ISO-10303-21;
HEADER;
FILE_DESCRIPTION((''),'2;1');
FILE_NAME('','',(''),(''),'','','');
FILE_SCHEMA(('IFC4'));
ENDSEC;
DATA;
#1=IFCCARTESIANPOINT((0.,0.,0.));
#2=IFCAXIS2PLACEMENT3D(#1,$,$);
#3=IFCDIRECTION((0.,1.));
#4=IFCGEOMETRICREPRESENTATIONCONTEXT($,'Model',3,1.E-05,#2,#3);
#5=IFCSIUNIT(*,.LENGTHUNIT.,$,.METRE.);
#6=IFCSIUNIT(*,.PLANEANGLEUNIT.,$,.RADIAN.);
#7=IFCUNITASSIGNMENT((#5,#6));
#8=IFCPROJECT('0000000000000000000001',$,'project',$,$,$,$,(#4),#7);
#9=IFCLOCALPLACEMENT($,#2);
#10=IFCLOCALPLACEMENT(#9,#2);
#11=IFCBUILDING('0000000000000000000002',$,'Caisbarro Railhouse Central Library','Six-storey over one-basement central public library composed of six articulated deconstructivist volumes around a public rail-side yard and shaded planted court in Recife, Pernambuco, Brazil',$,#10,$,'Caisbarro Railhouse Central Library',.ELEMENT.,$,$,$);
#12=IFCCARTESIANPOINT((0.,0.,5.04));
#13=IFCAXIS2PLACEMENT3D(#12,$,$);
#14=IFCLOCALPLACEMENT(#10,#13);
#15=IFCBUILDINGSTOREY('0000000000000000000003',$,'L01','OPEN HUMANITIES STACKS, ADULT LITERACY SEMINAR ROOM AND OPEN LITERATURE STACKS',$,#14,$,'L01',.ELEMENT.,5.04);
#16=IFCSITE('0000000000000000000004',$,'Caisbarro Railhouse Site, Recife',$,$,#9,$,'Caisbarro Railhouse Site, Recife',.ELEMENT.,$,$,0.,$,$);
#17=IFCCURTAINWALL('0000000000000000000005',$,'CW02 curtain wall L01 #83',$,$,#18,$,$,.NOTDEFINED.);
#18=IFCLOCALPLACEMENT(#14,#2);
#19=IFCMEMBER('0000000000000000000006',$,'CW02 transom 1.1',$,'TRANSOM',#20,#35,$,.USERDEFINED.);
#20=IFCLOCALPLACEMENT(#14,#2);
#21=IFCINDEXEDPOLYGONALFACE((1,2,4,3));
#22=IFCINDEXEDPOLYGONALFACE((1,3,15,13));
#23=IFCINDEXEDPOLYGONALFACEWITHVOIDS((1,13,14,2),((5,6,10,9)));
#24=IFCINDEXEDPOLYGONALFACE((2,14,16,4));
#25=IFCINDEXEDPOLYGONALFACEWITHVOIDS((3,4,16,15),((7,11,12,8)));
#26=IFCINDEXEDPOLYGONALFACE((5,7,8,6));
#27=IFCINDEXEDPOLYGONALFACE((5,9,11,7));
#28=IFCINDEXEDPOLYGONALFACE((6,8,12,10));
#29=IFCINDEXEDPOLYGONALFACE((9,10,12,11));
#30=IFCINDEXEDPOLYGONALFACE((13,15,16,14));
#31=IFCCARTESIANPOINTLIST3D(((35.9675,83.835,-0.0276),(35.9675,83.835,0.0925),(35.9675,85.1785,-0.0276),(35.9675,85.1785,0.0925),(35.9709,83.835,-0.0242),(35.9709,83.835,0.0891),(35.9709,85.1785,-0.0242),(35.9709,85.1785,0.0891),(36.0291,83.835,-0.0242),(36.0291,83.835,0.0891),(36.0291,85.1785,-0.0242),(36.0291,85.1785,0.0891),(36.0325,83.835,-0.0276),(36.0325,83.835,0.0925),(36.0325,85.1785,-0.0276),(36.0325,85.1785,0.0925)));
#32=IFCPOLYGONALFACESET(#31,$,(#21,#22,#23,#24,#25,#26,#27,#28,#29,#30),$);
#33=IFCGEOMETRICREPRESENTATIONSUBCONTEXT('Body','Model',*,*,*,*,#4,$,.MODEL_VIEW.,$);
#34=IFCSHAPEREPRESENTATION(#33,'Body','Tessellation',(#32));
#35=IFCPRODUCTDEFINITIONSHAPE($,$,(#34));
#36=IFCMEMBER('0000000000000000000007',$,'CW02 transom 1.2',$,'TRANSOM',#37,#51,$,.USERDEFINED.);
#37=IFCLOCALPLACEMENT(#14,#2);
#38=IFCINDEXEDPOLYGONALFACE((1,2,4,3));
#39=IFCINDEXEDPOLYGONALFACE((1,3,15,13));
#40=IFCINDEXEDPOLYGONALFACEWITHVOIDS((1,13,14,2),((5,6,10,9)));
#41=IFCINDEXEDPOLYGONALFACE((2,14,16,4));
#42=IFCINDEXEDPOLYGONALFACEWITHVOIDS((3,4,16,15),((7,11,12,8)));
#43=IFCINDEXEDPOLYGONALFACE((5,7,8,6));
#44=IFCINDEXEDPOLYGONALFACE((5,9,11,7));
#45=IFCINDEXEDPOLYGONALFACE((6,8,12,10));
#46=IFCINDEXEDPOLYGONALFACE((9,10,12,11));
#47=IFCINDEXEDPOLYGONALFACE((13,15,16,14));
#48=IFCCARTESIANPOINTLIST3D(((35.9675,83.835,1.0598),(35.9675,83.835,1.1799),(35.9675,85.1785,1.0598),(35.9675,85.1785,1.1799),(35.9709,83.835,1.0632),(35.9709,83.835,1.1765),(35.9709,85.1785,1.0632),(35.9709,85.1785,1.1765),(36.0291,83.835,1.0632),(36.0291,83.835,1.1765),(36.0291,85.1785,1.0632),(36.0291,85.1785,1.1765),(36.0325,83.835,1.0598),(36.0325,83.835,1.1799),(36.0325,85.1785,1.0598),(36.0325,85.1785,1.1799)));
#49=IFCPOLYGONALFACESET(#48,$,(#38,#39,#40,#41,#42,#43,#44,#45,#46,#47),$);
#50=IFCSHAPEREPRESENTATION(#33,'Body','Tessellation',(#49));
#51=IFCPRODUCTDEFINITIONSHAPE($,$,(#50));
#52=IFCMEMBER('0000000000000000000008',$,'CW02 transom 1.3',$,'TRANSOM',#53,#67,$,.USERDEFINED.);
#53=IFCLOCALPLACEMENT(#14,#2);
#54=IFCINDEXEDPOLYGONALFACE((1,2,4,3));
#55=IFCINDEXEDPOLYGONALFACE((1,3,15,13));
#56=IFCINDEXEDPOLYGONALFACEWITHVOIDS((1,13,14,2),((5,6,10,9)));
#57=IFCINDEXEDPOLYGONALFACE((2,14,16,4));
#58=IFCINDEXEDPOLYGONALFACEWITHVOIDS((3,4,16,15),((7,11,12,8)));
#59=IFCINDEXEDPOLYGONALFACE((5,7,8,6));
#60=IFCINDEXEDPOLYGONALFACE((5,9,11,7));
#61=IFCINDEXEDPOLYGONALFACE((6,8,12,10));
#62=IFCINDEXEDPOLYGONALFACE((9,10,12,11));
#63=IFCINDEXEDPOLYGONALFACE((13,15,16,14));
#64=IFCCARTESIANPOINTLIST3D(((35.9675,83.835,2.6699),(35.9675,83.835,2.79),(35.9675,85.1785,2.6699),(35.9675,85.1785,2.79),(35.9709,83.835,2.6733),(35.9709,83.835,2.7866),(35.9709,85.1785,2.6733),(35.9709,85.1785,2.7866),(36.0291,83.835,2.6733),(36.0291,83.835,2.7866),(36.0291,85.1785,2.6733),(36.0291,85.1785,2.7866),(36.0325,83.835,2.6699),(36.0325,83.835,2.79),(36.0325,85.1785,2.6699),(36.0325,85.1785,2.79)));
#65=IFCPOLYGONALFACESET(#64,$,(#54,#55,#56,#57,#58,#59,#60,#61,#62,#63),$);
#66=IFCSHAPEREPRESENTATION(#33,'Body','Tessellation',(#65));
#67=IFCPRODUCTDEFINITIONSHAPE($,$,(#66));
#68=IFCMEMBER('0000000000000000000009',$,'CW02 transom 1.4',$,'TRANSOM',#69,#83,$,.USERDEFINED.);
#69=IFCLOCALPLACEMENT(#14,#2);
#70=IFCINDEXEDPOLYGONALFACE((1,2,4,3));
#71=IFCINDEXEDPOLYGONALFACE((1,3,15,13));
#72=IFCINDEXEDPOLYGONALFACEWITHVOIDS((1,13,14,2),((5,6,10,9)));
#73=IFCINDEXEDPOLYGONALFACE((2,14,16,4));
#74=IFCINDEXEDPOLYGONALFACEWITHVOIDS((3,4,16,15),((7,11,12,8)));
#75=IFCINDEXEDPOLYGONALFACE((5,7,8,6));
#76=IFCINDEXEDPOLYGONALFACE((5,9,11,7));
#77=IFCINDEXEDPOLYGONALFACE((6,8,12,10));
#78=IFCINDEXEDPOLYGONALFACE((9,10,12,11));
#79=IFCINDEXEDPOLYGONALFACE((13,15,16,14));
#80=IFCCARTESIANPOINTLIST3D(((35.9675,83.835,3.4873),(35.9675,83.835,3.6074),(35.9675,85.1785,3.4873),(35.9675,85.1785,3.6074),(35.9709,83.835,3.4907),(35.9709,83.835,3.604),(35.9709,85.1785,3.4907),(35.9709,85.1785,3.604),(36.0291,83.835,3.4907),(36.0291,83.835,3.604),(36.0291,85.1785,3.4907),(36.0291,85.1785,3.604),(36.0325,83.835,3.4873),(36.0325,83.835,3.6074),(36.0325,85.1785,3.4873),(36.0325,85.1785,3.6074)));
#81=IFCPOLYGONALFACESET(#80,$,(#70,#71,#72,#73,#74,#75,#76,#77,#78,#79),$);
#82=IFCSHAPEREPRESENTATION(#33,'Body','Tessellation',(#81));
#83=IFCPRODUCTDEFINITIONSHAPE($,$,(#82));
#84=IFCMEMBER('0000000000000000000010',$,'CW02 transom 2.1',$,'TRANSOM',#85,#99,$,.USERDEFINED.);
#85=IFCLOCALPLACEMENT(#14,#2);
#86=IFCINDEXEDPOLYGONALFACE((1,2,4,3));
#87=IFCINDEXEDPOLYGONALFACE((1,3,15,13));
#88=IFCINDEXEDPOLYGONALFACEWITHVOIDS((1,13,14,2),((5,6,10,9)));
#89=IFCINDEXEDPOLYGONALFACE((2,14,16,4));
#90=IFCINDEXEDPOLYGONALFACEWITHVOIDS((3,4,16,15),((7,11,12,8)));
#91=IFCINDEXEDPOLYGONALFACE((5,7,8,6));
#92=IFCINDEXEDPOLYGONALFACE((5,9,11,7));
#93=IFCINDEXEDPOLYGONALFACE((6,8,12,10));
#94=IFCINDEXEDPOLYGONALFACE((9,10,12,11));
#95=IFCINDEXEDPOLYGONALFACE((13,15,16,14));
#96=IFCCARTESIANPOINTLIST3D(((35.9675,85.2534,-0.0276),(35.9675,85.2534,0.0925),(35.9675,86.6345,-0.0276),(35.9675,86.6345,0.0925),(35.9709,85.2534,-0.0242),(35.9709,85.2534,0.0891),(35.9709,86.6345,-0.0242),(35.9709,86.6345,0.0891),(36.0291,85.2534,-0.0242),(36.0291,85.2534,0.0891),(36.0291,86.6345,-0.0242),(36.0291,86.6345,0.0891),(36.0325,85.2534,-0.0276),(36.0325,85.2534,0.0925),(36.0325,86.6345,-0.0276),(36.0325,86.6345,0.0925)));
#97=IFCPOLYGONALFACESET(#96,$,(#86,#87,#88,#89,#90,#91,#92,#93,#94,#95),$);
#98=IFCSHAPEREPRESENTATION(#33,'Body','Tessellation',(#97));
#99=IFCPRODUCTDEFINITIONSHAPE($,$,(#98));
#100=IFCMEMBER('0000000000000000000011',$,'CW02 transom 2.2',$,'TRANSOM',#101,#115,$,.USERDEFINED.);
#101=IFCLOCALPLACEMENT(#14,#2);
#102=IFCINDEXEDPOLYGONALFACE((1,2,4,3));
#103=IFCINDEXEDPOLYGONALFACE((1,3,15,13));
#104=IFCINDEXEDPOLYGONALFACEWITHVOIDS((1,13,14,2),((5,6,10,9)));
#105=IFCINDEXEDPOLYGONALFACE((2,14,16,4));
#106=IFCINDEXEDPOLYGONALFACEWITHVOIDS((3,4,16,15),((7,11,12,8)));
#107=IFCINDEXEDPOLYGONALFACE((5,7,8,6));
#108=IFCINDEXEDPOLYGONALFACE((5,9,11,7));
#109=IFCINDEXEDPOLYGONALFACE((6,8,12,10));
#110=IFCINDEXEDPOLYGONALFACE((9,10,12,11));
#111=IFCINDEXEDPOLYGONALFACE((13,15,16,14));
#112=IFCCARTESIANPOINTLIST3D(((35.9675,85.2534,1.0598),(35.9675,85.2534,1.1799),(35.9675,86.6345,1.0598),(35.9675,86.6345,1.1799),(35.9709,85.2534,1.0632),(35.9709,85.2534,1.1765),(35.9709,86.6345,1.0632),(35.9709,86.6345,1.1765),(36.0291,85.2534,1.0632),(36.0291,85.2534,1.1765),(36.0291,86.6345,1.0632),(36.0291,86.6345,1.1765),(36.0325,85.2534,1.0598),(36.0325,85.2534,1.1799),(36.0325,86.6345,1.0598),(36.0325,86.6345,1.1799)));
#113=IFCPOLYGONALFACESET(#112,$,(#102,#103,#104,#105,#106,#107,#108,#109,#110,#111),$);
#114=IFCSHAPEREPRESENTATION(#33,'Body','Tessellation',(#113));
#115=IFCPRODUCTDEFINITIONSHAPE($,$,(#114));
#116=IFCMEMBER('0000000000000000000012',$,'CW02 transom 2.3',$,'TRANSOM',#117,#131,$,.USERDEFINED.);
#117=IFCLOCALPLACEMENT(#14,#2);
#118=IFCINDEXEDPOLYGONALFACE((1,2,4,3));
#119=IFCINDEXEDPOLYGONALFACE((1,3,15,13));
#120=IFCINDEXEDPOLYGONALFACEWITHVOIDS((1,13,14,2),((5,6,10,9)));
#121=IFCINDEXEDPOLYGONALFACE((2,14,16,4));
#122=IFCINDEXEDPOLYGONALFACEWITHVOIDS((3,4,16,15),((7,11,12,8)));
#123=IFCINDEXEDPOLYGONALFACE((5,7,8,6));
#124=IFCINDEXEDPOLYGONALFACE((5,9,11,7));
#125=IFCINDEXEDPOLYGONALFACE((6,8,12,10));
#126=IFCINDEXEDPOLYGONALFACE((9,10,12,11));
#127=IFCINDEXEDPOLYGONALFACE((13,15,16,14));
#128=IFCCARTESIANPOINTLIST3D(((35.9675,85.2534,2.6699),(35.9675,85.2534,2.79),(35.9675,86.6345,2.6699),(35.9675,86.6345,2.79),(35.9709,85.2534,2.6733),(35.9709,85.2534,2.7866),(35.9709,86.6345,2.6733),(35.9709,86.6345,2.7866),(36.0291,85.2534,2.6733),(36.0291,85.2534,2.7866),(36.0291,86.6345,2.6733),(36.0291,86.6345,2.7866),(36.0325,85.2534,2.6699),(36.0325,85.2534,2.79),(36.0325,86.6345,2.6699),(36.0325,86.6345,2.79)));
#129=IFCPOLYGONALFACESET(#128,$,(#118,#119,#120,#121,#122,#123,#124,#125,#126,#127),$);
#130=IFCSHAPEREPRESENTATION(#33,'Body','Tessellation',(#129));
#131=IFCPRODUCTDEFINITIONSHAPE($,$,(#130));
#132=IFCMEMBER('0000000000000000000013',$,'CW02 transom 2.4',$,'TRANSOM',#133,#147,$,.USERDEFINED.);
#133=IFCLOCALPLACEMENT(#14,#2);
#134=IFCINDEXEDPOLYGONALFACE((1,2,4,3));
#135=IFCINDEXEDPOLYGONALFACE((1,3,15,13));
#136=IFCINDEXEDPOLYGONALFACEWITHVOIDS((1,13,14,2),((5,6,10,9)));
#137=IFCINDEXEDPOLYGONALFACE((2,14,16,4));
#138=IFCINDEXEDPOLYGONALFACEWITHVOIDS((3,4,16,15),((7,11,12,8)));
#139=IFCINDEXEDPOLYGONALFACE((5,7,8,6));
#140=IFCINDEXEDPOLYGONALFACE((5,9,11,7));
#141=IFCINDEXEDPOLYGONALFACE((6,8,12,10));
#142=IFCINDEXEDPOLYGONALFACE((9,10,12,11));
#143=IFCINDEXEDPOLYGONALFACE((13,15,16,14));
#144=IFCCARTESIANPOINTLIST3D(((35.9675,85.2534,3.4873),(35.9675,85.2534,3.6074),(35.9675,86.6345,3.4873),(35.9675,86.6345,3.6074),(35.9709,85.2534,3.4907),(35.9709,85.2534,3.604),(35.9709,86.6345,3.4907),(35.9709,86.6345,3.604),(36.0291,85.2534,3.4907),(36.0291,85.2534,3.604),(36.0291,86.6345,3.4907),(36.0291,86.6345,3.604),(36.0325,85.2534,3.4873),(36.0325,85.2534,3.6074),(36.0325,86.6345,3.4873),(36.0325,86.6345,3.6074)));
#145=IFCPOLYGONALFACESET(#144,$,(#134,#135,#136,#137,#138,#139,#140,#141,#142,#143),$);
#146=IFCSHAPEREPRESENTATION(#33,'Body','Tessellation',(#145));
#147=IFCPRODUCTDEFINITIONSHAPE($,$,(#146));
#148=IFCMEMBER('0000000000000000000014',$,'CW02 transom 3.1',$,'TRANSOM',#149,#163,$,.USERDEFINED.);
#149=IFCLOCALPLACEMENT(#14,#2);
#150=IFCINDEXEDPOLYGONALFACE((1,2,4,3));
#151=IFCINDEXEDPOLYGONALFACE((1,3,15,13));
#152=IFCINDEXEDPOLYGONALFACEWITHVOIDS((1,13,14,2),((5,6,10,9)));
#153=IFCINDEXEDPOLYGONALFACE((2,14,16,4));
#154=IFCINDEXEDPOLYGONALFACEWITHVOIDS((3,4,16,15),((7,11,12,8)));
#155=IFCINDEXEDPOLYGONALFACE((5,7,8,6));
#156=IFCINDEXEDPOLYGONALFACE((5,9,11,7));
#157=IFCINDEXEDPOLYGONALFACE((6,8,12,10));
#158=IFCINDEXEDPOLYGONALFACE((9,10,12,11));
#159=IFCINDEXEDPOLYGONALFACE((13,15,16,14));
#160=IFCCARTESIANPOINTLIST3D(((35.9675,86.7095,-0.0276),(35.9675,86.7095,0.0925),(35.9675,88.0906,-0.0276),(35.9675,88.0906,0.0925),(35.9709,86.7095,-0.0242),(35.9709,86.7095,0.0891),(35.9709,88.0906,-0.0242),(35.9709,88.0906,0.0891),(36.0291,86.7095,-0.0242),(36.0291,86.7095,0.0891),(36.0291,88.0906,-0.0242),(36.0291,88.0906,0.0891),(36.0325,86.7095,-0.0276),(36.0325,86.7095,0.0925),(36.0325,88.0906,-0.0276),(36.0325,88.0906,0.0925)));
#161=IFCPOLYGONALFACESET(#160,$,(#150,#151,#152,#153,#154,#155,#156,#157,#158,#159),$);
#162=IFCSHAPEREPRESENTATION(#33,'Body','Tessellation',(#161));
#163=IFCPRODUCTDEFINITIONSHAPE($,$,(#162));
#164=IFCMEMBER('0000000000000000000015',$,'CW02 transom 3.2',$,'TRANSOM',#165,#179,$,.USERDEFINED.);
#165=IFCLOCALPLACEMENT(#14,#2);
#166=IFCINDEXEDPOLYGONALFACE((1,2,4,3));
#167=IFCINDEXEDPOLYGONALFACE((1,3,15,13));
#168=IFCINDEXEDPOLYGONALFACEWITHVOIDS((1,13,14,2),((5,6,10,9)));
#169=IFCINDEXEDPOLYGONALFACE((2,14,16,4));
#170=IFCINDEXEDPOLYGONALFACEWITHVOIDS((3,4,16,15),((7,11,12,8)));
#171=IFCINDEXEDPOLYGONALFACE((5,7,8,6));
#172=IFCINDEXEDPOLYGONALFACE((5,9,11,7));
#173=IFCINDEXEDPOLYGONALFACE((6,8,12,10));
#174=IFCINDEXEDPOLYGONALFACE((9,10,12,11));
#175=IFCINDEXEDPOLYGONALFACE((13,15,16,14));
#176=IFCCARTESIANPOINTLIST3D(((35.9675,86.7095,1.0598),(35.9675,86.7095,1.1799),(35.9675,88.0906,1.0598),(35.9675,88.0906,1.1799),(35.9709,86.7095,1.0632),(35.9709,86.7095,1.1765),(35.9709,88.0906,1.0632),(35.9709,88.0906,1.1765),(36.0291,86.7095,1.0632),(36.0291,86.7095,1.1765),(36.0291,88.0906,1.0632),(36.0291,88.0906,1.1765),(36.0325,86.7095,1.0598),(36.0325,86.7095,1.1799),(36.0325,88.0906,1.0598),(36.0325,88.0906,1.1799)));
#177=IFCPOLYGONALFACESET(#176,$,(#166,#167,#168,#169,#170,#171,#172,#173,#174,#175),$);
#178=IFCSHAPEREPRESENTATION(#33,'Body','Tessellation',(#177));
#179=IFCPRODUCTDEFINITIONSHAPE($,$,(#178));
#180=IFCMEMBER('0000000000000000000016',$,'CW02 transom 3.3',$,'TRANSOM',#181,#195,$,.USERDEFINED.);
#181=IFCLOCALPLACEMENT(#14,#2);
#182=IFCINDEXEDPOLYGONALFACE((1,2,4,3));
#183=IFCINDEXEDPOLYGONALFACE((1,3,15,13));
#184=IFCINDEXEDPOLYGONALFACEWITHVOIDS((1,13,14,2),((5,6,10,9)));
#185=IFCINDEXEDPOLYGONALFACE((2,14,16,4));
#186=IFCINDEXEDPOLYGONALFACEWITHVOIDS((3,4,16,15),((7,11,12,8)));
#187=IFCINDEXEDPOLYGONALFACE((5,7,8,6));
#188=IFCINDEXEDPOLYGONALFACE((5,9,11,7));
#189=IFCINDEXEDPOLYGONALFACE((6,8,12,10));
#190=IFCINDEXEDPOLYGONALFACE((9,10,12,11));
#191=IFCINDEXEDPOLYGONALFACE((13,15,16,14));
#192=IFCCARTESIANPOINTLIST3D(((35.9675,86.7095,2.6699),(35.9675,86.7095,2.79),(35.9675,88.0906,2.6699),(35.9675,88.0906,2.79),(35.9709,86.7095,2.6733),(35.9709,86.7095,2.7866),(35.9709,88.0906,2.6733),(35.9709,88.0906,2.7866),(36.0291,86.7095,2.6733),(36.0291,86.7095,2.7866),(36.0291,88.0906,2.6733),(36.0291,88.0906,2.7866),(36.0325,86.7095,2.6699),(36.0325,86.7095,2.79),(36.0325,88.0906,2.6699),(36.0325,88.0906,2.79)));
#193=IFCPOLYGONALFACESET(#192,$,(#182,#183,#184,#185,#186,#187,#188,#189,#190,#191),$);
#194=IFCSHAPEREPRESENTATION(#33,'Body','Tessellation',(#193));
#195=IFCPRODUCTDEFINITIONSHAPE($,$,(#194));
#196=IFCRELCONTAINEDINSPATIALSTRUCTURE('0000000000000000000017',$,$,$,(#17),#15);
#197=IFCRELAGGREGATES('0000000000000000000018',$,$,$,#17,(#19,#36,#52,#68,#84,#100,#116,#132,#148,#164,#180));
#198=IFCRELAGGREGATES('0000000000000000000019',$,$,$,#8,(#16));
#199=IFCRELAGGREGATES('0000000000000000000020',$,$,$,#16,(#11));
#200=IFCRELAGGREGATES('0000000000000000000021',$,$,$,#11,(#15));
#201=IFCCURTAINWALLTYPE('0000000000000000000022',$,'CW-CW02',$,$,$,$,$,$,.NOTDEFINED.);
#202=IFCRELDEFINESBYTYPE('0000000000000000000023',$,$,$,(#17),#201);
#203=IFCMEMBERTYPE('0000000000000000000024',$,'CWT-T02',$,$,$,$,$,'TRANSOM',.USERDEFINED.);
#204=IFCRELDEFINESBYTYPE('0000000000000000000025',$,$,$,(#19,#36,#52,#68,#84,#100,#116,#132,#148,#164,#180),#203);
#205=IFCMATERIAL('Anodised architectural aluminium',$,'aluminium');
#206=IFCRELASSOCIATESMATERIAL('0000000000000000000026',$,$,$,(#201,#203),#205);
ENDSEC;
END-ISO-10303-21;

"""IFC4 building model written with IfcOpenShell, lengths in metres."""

from ifc_helpers import new_model, si_unit, direction, frame, origin, origin_2d, place, context, subcontext, project, spatial, hollow_rectangle, extrude, material, material_profile, profile_set, type_object, element, aggregate, save


model = new_model("IFC4")

# Units and contexts
model_context = context("Model", 3, precision=1e-05, world=origin(), true_north=direction((0.0, 1.0)))
body_context = subcontext(model_context, "Body", "Model", "MODEL_VIEW")
ifc_project = project(units=[si_unit("LENGTHUNIT", "METRE"), si_unit("PLANEANGLEUNIT", "RADIAN")], contexts=[model_context])

# Site, building, storey
site_placement = place(None, origin())
site = spatial("IfcSite", under=ifc_project, at=site_placement, Name="Caisbarro Railhouse Site, Recife", LongName="Caisbarro Railhouse Site, Recife", CompositionType="ELEMENT", RefElevation=0.0)
building_placement = place(site_placement, origin())
building = spatial("IfcBuilding", under=site, at=building_placement, Name="Caisbarro Railhouse Central Library", Description="Six-storey over one-basement central public library composed of six articulated deconstructivist volumes around a public rail-side yard and shaded planted court in Recife, Pernambuco, Brazil", LongName="Caisbarro Railhouse Central Library", CompositionType="ELEMENT")
storey_placement = place(building_placement, frame((0.0, 0.0, 5.04)))
storey = spatial("IfcBuildingStorey", under=building, at=storey_placement, Name="L01", Description="OPEN HUMANITIES STACKS, ADULT LITERACY SEMINAR ROOM AND OPEN LITERATURE STACKS", LongName="L01", CompositionType="ELEMENT", Elevation=5.04)

# Curtain wall
ifc_material_1 = material(Name="Anodised architectural aluminium", Category="aluminium")
curtain_wall_type = type_object("IfcCurtainWallType", Name="CW-CW02", PredefinedType="NOTDEFINED", material=ifc_material_1)
curtain_wall_1_placement = place(storey_placement, origin())
curtain_wall_1 = element("IfcCurtainWall", 1, at=curtain_wall_1_placement, inside=storey, type_object=curtain_wall_type, Name="CW02 curtain wall L01 #83", PredefinedType="NOTDEFINED")

# Members
ifc_material_profile_1 = material_profile(ifc_material_1, hollow_rectangle(XDim=0.0649, YDim=0.1201, WallThickness=0.0034, at=origin_2d()), Name="ALU-TRN-65X120")
ifc_profile_set_1 = profile_set([ifc_material_profile_1], Name="Anodised architectural aluminium")
member_type_1 = type_object("IfcMemberType", Name="CWT-T02", ElementType="TRANSOM", PredefinedType="USERDEFINED", material=ifc_profile_set_1)
member_1_placement = place(storey_placement, frame((36.0, 83.835, 0.0325), z_axis=(0.0, 1.0, 0.0), x_axis=(-1.0, 0.0, 0.0)))
member_1 = element("IfcMember", 2, at=member_1_placement, type_object=member_type_1, Name="CW02 transom 1.1", ObjectType="TRANSOM", PredefinedType="USERDEFINED", context=body_context, shape_type="SweptSolid", body=[
    extrude(hollow_rectangle(XDim=0.0649, YDim=0.1201, WallThickness=0.0034, at=origin_2d()), origin(), (0.0, 0.0, 1.0), 1.3435),
])
member_2_placement = place(storey_placement, frame((36.0, 83.835, 1.1199), z_axis=(0.0, 1.0, 0.0), x_axis=(-1.0, 0.0, 0.0)))
member_2 = element("IfcMember", 3, at=member_2_placement, type_object=member_type_1, Name="CW02 transom 1.2", ObjectType="TRANSOM", PredefinedType="USERDEFINED", context=body_context, shape_type="SweptSolid", body=[
    extrude(hollow_rectangle(XDim=0.0649, YDim=0.1201, WallThickness=0.0034, at=origin_2d()), origin(), (0.0, 0.0, 1.0), 1.3435),
])
member_3_placement = place(storey_placement, frame((36.0, 83.835, 2.73), z_axis=(0.0, 1.0, 0.0), x_axis=(-1.0, 0.0, 0.0)))
member_3 = element("IfcMember", 4, at=member_3_placement, type_object=member_type_1, Name="CW02 transom 1.3", ObjectType="TRANSOM", PredefinedType="USERDEFINED", context=body_context, shape_type="SweptSolid", body=[
    extrude(hollow_rectangle(XDim=0.0649, YDim=0.1201, WallThickness=0.0034, at=origin_2d()), origin(), (0.0, 0.0, 1.0), 1.3435),
])
member_4_placement = place(storey_placement, frame((36.0, 83.835, 3.5474), z_axis=(0.0, 1.0, 0.0), x_axis=(-1.0, 0.0, 0.0)))
member_4 = element("IfcMember", 5, at=member_4_placement, type_object=member_type_1, Name="CW02 transom 1.4", ObjectType="TRANSOM", PredefinedType="USERDEFINED", context=body_context, shape_type="SweptSolid", body=[
    extrude(hollow_rectangle(XDim=0.0649, YDim=0.1201, WallThickness=0.0034, at=origin_2d()), origin(), (0.0, 0.0, 1.0), 1.3435),
])
member_5_placement = place(storey_placement, frame((36.0, 85.2534, 0.0325), z_axis=(0.0, 1.0, 0.0), x_axis=(-1.0, 0.0, 0.0)))
member_5 = element("IfcMember", 6, at=member_5_placement, type_object=member_type_1, Name="CW02 transom 2.1", ObjectType="TRANSOM", PredefinedType="USERDEFINED", context=body_context, shape_type="SweptSolid", body=[
    extrude(hollow_rectangle(XDim=0.0649, YDim=0.1201, WallThickness=0.0034, at=origin_2d()), origin(), (0.0, 0.0, 1.0), 1.3811),
])
member_6_placement = place(storey_placement, frame((36.0, 85.2534, 1.1199), z_axis=(0.0, 1.0, 0.0), x_axis=(-1.0, 0.0, 0.0)))
member_6 = element("IfcMember", 7, at=member_6_placement, type_object=member_type_1, Name="CW02 transom 2.2", ObjectType="TRANSOM", PredefinedType="USERDEFINED", context=body_context, shape_type="SweptSolid", body=[
    extrude(hollow_rectangle(XDim=0.0649, YDim=0.1201, WallThickness=0.0034, at=origin_2d()), origin(), (0.0, 0.0, 1.0), 1.3811),
])
member_7_placement = place(storey_placement, frame((36.0, 85.2534, 2.73), z_axis=(0.0, 1.0, 0.0), x_axis=(-1.0, 0.0, 0.0)))
member_7 = element("IfcMember", 8, at=member_7_placement, type_object=member_type_1, Name="CW02 transom 2.3", ObjectType="TRANSOM", PredefinedType="USERDEFINED", context=body_context, shape_type="SweptSolid", body=[
    extrude(hollow_rectangle(XDim=0.0649, YDim=0.1201, WallThickness=0.0034, at=origin_2d()), origin(), (0.0, 0.0, 1.0), 1.3811),
])
member_8_placement = place(storey_placement, frame((36.0, 85.2534, 3.5474), z_axis=(0.0, 1.0, 0.0), x_axis=(-1.0, 0.0, 0.0)))
member_8 = element("IfcMember", 9, at=member_8_placement, type_object=member_type_1, Name="CW02 transom 2.4", ObjectType="TRANSOM", PredefinedType="USERDEFINED", context=body_context, shape_type="SweptSolid", body=[
    extrude(hollow_rectangle(XDim=0.0649, YDim=0.1201, WallThickness=0.0034, at=origin_2d()), origin(), (0.0, 0.0, 1.0), 1.3811),
])
member_9_placement = place(storey_placement, frame((36.0, 86.7095, 0.0325), z_axis=(0.0, 1.0, 0.0), x_axis=(-1.0, 0.0, 0.0)))
member_9 = element("IfcMember", 10, at=member_9_placement, type_object=member_type_1, Name="CW02 transom 3.1", ObjectType="TRANSOM", PredefinedType="USERDEFINED", context=body_context, shape_type="SweptSolid", body=[
    extrude(hollow_rectangle(XDim=0.0649, YDim=0.1201, WallThickness=0.0034, at=origin_2d()), origin(), (0.0, 0.0, 1.0), 1.3811),
])
member_10_placement = place(storey_placement, frame((36.0, 86.7095, 1.1199), z_axis=(0.0, 1.0, 0.0), x_axis=(-1.0, 0.0, 0.0)))
member_10 = element("IfcMember", 11, at=member_10_placement, type_object=member_type_1, Name="CW02 transom 3.2", ObjectType="TRANSOM", PredefinedType="USERDEFINED", context=body_context, shape_type="SweptSolid", body=[
    extrude(hollow_rectangle(XDim=0.0649, YDim=0.1201, WallThickness=0.0034, at=origin_2d()), origin(), (0.0, 0.0, 1.0), 1.3811),
])
member_11_placement = place(storey_placement, frame((36.0, 86.7095, 2.73), z_axis=(0.0, 1.0, 0.0), x_axis=(-1.0, 0.0, 0.0)))
member_11 = element("IfcMember", 12, at=member_11_placement, type_object=member_type_1, Name="CW02 transom 3.3", ObjectType="TRANSOM", PredefinedType="USERDEFINED", context=body_context, shape_type="SweptSolid", body=[
    extrude(hollow_rectangle(XDim=0.0649, YDim=0.1201, WallThickness=0.0034, at=origin_2d()), origin(), (0.0, 0.0, 1.0), 1.3811),
])

aggregate(curtain_wall_1, [member_1, member_2, member_3, member_4, member_5, member_6, member_7, member_8, member_9, member_10, member_11])

save(model, "model.ifc")
